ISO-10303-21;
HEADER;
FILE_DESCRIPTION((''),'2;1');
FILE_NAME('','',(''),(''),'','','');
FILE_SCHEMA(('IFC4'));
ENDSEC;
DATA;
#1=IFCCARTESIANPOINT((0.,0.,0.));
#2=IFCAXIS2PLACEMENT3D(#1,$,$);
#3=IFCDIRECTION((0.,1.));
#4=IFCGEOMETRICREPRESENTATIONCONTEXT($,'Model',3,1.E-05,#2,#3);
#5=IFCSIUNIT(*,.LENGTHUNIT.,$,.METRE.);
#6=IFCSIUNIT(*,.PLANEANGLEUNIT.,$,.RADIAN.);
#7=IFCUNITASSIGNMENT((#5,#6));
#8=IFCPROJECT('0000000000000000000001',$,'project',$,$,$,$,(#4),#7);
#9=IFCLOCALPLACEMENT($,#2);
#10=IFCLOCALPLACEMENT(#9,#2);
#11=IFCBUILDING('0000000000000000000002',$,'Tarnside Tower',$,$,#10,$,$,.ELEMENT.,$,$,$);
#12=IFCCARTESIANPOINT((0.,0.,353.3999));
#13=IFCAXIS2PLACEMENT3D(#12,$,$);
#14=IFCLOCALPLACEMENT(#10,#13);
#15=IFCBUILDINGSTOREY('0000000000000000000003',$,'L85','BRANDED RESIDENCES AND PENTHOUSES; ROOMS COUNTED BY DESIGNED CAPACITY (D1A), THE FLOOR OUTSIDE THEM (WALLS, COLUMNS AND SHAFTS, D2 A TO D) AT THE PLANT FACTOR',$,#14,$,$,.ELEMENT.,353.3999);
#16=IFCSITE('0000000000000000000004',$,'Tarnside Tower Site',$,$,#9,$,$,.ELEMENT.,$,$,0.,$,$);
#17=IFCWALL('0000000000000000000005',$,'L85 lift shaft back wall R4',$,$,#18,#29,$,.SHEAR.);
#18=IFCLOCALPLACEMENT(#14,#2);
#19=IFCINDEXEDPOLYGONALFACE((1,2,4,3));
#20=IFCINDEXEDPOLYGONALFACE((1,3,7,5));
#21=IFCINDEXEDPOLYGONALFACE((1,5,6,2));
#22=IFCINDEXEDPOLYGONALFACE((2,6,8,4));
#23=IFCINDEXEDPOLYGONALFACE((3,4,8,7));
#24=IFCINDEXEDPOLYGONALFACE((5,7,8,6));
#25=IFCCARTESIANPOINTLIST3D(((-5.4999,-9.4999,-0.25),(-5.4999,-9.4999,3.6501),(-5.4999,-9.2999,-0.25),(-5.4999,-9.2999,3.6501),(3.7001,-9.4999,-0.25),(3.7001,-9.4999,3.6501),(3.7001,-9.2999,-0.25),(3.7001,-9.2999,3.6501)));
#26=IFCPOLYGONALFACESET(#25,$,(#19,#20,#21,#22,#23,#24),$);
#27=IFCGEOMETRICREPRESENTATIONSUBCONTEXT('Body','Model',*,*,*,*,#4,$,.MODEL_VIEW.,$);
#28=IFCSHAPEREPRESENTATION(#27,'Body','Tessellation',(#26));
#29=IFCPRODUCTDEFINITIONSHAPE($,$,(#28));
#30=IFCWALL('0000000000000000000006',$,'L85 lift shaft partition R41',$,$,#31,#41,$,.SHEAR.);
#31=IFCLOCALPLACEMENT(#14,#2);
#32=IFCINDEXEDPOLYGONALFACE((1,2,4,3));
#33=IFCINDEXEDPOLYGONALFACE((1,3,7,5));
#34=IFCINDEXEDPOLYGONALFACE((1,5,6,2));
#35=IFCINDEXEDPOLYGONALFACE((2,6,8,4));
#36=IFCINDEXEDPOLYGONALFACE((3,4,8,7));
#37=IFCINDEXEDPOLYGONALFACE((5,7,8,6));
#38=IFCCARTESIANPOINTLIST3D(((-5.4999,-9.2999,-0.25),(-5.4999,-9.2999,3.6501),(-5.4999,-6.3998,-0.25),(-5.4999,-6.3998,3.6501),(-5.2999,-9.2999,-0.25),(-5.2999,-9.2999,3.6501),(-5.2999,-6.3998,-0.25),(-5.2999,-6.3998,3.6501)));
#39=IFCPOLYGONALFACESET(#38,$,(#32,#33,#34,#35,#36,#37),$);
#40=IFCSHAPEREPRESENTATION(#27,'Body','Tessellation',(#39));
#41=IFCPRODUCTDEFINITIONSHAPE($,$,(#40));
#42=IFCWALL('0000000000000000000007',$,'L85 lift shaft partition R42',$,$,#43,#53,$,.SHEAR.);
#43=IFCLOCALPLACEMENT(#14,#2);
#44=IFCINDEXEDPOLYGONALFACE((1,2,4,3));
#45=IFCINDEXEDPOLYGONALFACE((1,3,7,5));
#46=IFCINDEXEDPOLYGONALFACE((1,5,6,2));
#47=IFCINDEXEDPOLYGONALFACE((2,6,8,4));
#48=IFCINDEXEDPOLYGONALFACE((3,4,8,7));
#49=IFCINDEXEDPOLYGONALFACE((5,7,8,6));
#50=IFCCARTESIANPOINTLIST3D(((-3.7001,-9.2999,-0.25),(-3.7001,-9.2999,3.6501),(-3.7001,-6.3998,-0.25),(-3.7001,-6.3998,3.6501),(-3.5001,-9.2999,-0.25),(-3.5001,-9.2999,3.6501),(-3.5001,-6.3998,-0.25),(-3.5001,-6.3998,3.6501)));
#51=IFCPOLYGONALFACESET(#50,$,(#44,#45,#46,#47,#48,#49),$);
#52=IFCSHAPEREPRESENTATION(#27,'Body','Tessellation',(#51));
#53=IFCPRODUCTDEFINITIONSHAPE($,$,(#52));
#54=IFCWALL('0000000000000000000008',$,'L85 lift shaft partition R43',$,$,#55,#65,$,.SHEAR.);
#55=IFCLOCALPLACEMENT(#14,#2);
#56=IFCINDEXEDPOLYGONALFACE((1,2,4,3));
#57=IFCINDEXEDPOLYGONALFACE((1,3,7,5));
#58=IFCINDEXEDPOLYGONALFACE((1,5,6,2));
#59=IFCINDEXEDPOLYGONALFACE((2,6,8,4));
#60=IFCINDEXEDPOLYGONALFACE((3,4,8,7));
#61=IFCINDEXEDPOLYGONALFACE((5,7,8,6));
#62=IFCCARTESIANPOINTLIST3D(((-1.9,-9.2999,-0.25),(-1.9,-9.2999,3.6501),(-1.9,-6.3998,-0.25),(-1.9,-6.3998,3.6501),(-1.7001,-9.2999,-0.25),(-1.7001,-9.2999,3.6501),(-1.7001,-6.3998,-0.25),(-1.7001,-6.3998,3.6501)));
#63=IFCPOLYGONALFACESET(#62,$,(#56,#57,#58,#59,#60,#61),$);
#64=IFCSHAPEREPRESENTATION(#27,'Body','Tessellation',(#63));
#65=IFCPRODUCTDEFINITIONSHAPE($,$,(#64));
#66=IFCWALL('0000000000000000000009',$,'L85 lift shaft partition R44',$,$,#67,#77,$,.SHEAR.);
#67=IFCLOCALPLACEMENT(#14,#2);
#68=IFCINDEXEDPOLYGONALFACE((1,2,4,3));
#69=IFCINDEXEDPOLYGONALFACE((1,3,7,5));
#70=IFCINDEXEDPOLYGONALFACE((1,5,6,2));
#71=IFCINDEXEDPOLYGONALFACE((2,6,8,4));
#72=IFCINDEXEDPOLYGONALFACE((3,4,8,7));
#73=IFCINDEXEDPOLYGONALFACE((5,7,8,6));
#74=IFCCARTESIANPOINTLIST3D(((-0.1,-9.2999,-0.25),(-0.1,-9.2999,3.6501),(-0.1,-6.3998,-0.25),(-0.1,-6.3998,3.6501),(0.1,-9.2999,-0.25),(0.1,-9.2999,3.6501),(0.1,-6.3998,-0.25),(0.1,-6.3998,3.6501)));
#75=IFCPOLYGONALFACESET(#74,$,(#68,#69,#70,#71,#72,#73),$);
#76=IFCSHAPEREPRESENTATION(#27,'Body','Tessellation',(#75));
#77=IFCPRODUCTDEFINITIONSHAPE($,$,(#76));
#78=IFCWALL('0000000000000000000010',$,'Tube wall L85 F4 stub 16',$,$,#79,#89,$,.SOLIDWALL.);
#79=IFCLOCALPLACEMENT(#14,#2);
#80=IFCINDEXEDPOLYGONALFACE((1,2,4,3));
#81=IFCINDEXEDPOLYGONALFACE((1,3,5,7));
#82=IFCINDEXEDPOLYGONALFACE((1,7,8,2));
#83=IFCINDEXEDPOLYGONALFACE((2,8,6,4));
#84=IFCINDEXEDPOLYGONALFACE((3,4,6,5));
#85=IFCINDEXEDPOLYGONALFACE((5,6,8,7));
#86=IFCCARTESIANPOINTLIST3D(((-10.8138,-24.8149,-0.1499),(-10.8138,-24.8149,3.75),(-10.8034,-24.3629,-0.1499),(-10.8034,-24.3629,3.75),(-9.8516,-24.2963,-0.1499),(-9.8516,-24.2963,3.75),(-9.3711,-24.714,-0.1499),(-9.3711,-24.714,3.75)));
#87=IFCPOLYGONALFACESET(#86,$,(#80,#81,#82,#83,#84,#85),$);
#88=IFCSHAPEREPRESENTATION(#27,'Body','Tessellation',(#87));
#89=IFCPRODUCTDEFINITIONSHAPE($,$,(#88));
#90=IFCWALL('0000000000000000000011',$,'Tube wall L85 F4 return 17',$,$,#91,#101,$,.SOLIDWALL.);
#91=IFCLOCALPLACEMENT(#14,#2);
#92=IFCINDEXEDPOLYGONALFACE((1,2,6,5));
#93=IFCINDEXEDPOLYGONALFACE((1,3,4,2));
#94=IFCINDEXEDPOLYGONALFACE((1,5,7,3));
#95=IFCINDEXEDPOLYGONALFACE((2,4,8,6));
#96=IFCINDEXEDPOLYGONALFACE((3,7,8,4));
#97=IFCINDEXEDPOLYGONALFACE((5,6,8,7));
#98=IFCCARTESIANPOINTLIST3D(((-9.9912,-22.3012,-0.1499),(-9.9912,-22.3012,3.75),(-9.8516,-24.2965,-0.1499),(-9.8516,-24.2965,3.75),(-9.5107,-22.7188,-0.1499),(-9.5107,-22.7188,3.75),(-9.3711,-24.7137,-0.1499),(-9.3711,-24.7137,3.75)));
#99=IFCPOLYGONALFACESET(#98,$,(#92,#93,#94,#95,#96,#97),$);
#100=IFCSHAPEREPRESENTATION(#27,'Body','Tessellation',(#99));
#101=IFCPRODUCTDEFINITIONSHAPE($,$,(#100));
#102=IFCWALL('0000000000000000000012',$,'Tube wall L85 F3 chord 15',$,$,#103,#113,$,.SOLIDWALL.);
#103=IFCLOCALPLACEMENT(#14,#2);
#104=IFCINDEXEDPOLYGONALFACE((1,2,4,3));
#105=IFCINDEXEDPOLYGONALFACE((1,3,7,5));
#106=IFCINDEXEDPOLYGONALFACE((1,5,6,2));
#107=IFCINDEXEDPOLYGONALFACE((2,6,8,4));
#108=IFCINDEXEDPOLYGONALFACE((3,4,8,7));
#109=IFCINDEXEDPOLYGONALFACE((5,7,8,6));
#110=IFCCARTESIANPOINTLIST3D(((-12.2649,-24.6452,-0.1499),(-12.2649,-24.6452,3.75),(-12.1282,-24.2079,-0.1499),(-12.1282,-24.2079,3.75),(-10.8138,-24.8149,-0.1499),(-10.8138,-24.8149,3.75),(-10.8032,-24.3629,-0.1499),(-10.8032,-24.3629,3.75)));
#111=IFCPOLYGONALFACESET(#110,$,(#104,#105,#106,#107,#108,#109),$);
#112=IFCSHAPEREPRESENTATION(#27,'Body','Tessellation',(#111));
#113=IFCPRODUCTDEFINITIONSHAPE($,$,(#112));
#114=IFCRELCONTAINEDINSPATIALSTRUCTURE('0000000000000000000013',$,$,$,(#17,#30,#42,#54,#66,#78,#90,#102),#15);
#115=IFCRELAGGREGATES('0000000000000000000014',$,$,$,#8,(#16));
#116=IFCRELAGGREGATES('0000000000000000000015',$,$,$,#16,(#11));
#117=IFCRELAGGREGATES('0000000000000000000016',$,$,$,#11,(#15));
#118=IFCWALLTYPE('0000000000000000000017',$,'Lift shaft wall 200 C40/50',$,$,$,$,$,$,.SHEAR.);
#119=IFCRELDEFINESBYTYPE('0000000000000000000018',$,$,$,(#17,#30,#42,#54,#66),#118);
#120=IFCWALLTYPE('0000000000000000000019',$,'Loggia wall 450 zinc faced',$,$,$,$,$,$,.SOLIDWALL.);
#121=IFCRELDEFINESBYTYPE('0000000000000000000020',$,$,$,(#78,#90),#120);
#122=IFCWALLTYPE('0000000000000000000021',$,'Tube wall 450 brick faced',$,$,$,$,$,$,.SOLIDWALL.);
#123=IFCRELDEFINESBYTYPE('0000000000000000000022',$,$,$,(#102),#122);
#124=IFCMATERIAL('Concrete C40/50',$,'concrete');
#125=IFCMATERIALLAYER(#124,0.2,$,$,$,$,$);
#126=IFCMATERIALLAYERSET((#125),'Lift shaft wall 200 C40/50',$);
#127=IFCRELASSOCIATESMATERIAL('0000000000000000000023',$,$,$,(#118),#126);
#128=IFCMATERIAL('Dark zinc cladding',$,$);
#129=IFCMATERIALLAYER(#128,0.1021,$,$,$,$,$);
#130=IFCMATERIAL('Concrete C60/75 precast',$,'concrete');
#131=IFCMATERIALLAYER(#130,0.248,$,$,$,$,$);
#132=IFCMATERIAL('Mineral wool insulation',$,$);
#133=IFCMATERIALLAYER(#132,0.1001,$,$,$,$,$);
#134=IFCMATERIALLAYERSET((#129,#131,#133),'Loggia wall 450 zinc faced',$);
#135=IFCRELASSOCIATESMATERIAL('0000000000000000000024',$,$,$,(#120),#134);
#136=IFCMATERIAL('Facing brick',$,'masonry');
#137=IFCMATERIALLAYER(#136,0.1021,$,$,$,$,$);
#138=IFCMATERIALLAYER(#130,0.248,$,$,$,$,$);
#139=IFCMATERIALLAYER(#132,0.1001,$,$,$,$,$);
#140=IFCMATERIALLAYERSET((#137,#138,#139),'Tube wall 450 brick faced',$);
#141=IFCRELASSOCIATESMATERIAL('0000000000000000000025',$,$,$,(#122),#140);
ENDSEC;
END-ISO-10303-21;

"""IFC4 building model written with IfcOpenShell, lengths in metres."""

from ifc_helpers import new_model, si_unit, direction, frame, frame_2d, origin, place, context, subcontext, project, spatial, polyline, rectangle, outline, extrude, material, layer, layer_set, type_object, element, save


model = new_model("IFC4")

# Units and contexts
model_context = context("Model", 3, precision=1e-05, world=origin(), true_north=direction((0.0, 1.0)))
body_context = subcontext(model_context, "Body", "Model", "MODEL_VIEW")
ifc_project = project(units=[si_unit("LENGTHUNIT", "METRE"), si_unit("PLANEANGLEUNIT", "RADIAN")], contexts=[model_context])

# Site, building, storey
site_placement = place(None, origin())
site = spatial("IfcSite", under=ifc_project, at=site_placement, Name="Tarnside Tower Site", CompositionType="ELEMENT", RefElevation=0.0)
building_placement = place(site_placement, origin())
building = spatial("IfcBuilding", under=site, at=building_placement, Name="Tarnside Tower", CompositionType="ELEMENT")
storey_placement = place(building_placement, frame((0.0, 0.0, 353.3999)))
storey = spatial("IfcBuildingStorey", under=building, at=storey_placement, Name="L85", Description="BRANDED RESIDENCES AND PENTHOUSES; ROOMS COUNTED BY DESIGNED CAPACITY (D1A), THE FLOOR OUTSIDE THEM (WALLS, COLUMNS AND SHAFTS, D2 A TO D) AT THE PLANT FACTOR", CompositionType="ELEMENT", Elevation=353.3999)

# Walls
ifc_material_1 = material(Name="Concrete C40/50", Category="concrete")
ifc_layer_1 = layer(ifc_material_1, 0.2)
ifc_layer_set_1 = layer_set([ifc_layer_1], Name="Lift shaft wall 200 C40/50")
wall_type_1 = type_object("IfcWallType", Name="Lift shaft wall 200 C40/50", PredefinedType="SHEAR", material=ifc_layer_set_1)
wall_1_placement = place(storey_placement, frame((-5.5, -9.3999, -0.25), z_axis=(0.0, 0.0, 1.0), x_axis=(1.0, 0.0, 0.0)))
element("IfcWall", 1, at=wall_1_placement, inside=storey, type_object=wall_type_1, Name="L85 lift shaft back wall R4", PredefinedType="SHEAR", context=body_context, shape_type="SweptSolid", body=[
    extrude(rectangle(XDim=9.2, YDim=0.2, at=frame_2d((4.6001, 0.0))), origin(), (0.0, 0.0, 1.0), 3.9001),
])
for number, where, z_axis, x_axis, name in (
    (2, (-5.3999, -9.3, -0.25), (0.0, 0.0, 1.0), (0.0, 1.0, 0.0), "L85 lift shaft partition R41"),
    (3, (-3.6001, -9.3, -0.25), (0.0, 0.0, 1.0), (0.0, 1.0, 0.0), "L85 lift shaft partition R42"),
    (4, (-1.8, -9.3, -0.25), (0.0, 0.0, 1.0), (0.0, 1.0, 0.0), "L85 lift shaft partition R43"),
    (5, (0.0, -9.3, -0.25), (0.0, 0.0, 1.0), (0.0, 1.0, 0.0), "L85 lift shaft partition R44"),
):
    element("IfcWall", number, at=place(storey_placement, frame(where, z_axis=z_axis, x_axis=x_axis)), inside=storey, type_object=wall_type_1, Name=name, PredefinedType="SHEAR", context=body_context, shape_type="SweptSolid", body=[
        extrude(rectangle(XDim=2.9001, YDim=0.2, at=frame_2d((1.4502, 0.0))), origin(), (0.0, 0.0, 1.0), 3.9001),
    ])
ifc_material_2 = material(Name="Dark zinc cladding")
ifc_layer_2 = layer(ifc_material_2, 0.1021)
ifc_material_3 = material(Name="Concrete C60/75 precast", Category="concrete")
ifc_layer_3 = layer(ifc_material_3, 0.248)
ifc_material_4 = material(Name="Mineral wool insulation")
ifc_layer_4 = layer(ifc_material_4, 0.1001)
ifc_layer_set_2 = layer_set([ifc_layer_2, ifc_layer_3, ifc_layer_4], Name="Loggia wall 450 zinc faced")
wall_type_2 = type_object("IfcWallType", Name="Loggia wall 450 zinc faced", PredefinedType="SOLIDWALL", material=ifc_layer_set_2)
wall_2_placement = place(storey_placement, frame((-10.8086, -24.5889, -0.1499), z_axis=(0.0, 0.0, 1.0), x_axis=(0.997563, 0.069772, 0.0)))
element("IfcWall", 6, at=wall_2_placement, inside=storey, type_object=wall_type_2, Name="Tube wall L85 F4 stub 16", PredefinedType="SOLIDWALL", context=body_context, shape_type="SweptSolid", body=[
    extrude(outline(polyline([(-0.021, -0.2251), (1.4253, -0.2251), (0.9751, 0.2251), (0.021, 0.2251), (-0.021, -0.2251)])), origin(), (0.0, 0.0, 1.0), 3.8999),
])
wall_3_placement = place(storey_placement, frame((-9.6113, -24.5051, -0.1499), z_axis=(0.0, 0.0, 1.0), x_axis=(-0.069824, 0.997559, 0.0)))
element("IfcWall", 7, at=wall_3_placement, inside=storey, type_object=wall_type_2, Name="Tube wall L85 F4 return 17", PredefinedType="SOLIDWALL", context=body_context, shape_type="SweptSolid", body=[
    extrude(outline(polyline([(-0.2249, -0.2251), (1.7749, -0.2251), (2.2251, 0.2251), (0.2249, 0.2251), (-0.2249, -0.2251)])), origin(), (0.0, 0.0, 1.0), 3.8999),
])

# Wall
ifc_material_5 = material(Name="Facing brick", Category="masonry")
ifc_layer_5 = layer(ifc_material_5, 0.1021)
ifc_layer_6 = layer(ifc_material_3, 0.248)
ifc_layer_7 = layer(ifc_material_4, 0.1001)
ifc_layer_set_3 = layer_set([ifc_layer_5, ifc_layer_6, ifc_layer_7], Name="Tube wall 450 brick faced")
wall_type_3 = type_object("IfcWallType", Name="Tube wall 450 brick faced", PredefinedType="SOLIDWALL", material=ifc_layer_set_3)
wall_4_placement = place(storey_placement, frame((-12.1965, -24.4265, -0.1499), z_axis=(0.0, 0.0, 1.0), x_axis=(0.993228, -0.116182, 0.0)))
element("IfcWall", 8, at=wall_4_placement, inside=storey, type_object=wall_type_3, Name="Tube wall L85 F3 chord 15", PredefinedType="SOLIDWALL", context=body_context, shape_type="SweptSolid", body=[
    extrude(outline(polyline([(-0.0425, -0.2251), (1.4185, -0.2251), (1.3765, 0.2251), (0.0425, 0.2251), (-0.0425, -0.2251)])), origin(), (0.0, 0.0, 1.0), 3.8999),
])

save(model, "model.ifc")
